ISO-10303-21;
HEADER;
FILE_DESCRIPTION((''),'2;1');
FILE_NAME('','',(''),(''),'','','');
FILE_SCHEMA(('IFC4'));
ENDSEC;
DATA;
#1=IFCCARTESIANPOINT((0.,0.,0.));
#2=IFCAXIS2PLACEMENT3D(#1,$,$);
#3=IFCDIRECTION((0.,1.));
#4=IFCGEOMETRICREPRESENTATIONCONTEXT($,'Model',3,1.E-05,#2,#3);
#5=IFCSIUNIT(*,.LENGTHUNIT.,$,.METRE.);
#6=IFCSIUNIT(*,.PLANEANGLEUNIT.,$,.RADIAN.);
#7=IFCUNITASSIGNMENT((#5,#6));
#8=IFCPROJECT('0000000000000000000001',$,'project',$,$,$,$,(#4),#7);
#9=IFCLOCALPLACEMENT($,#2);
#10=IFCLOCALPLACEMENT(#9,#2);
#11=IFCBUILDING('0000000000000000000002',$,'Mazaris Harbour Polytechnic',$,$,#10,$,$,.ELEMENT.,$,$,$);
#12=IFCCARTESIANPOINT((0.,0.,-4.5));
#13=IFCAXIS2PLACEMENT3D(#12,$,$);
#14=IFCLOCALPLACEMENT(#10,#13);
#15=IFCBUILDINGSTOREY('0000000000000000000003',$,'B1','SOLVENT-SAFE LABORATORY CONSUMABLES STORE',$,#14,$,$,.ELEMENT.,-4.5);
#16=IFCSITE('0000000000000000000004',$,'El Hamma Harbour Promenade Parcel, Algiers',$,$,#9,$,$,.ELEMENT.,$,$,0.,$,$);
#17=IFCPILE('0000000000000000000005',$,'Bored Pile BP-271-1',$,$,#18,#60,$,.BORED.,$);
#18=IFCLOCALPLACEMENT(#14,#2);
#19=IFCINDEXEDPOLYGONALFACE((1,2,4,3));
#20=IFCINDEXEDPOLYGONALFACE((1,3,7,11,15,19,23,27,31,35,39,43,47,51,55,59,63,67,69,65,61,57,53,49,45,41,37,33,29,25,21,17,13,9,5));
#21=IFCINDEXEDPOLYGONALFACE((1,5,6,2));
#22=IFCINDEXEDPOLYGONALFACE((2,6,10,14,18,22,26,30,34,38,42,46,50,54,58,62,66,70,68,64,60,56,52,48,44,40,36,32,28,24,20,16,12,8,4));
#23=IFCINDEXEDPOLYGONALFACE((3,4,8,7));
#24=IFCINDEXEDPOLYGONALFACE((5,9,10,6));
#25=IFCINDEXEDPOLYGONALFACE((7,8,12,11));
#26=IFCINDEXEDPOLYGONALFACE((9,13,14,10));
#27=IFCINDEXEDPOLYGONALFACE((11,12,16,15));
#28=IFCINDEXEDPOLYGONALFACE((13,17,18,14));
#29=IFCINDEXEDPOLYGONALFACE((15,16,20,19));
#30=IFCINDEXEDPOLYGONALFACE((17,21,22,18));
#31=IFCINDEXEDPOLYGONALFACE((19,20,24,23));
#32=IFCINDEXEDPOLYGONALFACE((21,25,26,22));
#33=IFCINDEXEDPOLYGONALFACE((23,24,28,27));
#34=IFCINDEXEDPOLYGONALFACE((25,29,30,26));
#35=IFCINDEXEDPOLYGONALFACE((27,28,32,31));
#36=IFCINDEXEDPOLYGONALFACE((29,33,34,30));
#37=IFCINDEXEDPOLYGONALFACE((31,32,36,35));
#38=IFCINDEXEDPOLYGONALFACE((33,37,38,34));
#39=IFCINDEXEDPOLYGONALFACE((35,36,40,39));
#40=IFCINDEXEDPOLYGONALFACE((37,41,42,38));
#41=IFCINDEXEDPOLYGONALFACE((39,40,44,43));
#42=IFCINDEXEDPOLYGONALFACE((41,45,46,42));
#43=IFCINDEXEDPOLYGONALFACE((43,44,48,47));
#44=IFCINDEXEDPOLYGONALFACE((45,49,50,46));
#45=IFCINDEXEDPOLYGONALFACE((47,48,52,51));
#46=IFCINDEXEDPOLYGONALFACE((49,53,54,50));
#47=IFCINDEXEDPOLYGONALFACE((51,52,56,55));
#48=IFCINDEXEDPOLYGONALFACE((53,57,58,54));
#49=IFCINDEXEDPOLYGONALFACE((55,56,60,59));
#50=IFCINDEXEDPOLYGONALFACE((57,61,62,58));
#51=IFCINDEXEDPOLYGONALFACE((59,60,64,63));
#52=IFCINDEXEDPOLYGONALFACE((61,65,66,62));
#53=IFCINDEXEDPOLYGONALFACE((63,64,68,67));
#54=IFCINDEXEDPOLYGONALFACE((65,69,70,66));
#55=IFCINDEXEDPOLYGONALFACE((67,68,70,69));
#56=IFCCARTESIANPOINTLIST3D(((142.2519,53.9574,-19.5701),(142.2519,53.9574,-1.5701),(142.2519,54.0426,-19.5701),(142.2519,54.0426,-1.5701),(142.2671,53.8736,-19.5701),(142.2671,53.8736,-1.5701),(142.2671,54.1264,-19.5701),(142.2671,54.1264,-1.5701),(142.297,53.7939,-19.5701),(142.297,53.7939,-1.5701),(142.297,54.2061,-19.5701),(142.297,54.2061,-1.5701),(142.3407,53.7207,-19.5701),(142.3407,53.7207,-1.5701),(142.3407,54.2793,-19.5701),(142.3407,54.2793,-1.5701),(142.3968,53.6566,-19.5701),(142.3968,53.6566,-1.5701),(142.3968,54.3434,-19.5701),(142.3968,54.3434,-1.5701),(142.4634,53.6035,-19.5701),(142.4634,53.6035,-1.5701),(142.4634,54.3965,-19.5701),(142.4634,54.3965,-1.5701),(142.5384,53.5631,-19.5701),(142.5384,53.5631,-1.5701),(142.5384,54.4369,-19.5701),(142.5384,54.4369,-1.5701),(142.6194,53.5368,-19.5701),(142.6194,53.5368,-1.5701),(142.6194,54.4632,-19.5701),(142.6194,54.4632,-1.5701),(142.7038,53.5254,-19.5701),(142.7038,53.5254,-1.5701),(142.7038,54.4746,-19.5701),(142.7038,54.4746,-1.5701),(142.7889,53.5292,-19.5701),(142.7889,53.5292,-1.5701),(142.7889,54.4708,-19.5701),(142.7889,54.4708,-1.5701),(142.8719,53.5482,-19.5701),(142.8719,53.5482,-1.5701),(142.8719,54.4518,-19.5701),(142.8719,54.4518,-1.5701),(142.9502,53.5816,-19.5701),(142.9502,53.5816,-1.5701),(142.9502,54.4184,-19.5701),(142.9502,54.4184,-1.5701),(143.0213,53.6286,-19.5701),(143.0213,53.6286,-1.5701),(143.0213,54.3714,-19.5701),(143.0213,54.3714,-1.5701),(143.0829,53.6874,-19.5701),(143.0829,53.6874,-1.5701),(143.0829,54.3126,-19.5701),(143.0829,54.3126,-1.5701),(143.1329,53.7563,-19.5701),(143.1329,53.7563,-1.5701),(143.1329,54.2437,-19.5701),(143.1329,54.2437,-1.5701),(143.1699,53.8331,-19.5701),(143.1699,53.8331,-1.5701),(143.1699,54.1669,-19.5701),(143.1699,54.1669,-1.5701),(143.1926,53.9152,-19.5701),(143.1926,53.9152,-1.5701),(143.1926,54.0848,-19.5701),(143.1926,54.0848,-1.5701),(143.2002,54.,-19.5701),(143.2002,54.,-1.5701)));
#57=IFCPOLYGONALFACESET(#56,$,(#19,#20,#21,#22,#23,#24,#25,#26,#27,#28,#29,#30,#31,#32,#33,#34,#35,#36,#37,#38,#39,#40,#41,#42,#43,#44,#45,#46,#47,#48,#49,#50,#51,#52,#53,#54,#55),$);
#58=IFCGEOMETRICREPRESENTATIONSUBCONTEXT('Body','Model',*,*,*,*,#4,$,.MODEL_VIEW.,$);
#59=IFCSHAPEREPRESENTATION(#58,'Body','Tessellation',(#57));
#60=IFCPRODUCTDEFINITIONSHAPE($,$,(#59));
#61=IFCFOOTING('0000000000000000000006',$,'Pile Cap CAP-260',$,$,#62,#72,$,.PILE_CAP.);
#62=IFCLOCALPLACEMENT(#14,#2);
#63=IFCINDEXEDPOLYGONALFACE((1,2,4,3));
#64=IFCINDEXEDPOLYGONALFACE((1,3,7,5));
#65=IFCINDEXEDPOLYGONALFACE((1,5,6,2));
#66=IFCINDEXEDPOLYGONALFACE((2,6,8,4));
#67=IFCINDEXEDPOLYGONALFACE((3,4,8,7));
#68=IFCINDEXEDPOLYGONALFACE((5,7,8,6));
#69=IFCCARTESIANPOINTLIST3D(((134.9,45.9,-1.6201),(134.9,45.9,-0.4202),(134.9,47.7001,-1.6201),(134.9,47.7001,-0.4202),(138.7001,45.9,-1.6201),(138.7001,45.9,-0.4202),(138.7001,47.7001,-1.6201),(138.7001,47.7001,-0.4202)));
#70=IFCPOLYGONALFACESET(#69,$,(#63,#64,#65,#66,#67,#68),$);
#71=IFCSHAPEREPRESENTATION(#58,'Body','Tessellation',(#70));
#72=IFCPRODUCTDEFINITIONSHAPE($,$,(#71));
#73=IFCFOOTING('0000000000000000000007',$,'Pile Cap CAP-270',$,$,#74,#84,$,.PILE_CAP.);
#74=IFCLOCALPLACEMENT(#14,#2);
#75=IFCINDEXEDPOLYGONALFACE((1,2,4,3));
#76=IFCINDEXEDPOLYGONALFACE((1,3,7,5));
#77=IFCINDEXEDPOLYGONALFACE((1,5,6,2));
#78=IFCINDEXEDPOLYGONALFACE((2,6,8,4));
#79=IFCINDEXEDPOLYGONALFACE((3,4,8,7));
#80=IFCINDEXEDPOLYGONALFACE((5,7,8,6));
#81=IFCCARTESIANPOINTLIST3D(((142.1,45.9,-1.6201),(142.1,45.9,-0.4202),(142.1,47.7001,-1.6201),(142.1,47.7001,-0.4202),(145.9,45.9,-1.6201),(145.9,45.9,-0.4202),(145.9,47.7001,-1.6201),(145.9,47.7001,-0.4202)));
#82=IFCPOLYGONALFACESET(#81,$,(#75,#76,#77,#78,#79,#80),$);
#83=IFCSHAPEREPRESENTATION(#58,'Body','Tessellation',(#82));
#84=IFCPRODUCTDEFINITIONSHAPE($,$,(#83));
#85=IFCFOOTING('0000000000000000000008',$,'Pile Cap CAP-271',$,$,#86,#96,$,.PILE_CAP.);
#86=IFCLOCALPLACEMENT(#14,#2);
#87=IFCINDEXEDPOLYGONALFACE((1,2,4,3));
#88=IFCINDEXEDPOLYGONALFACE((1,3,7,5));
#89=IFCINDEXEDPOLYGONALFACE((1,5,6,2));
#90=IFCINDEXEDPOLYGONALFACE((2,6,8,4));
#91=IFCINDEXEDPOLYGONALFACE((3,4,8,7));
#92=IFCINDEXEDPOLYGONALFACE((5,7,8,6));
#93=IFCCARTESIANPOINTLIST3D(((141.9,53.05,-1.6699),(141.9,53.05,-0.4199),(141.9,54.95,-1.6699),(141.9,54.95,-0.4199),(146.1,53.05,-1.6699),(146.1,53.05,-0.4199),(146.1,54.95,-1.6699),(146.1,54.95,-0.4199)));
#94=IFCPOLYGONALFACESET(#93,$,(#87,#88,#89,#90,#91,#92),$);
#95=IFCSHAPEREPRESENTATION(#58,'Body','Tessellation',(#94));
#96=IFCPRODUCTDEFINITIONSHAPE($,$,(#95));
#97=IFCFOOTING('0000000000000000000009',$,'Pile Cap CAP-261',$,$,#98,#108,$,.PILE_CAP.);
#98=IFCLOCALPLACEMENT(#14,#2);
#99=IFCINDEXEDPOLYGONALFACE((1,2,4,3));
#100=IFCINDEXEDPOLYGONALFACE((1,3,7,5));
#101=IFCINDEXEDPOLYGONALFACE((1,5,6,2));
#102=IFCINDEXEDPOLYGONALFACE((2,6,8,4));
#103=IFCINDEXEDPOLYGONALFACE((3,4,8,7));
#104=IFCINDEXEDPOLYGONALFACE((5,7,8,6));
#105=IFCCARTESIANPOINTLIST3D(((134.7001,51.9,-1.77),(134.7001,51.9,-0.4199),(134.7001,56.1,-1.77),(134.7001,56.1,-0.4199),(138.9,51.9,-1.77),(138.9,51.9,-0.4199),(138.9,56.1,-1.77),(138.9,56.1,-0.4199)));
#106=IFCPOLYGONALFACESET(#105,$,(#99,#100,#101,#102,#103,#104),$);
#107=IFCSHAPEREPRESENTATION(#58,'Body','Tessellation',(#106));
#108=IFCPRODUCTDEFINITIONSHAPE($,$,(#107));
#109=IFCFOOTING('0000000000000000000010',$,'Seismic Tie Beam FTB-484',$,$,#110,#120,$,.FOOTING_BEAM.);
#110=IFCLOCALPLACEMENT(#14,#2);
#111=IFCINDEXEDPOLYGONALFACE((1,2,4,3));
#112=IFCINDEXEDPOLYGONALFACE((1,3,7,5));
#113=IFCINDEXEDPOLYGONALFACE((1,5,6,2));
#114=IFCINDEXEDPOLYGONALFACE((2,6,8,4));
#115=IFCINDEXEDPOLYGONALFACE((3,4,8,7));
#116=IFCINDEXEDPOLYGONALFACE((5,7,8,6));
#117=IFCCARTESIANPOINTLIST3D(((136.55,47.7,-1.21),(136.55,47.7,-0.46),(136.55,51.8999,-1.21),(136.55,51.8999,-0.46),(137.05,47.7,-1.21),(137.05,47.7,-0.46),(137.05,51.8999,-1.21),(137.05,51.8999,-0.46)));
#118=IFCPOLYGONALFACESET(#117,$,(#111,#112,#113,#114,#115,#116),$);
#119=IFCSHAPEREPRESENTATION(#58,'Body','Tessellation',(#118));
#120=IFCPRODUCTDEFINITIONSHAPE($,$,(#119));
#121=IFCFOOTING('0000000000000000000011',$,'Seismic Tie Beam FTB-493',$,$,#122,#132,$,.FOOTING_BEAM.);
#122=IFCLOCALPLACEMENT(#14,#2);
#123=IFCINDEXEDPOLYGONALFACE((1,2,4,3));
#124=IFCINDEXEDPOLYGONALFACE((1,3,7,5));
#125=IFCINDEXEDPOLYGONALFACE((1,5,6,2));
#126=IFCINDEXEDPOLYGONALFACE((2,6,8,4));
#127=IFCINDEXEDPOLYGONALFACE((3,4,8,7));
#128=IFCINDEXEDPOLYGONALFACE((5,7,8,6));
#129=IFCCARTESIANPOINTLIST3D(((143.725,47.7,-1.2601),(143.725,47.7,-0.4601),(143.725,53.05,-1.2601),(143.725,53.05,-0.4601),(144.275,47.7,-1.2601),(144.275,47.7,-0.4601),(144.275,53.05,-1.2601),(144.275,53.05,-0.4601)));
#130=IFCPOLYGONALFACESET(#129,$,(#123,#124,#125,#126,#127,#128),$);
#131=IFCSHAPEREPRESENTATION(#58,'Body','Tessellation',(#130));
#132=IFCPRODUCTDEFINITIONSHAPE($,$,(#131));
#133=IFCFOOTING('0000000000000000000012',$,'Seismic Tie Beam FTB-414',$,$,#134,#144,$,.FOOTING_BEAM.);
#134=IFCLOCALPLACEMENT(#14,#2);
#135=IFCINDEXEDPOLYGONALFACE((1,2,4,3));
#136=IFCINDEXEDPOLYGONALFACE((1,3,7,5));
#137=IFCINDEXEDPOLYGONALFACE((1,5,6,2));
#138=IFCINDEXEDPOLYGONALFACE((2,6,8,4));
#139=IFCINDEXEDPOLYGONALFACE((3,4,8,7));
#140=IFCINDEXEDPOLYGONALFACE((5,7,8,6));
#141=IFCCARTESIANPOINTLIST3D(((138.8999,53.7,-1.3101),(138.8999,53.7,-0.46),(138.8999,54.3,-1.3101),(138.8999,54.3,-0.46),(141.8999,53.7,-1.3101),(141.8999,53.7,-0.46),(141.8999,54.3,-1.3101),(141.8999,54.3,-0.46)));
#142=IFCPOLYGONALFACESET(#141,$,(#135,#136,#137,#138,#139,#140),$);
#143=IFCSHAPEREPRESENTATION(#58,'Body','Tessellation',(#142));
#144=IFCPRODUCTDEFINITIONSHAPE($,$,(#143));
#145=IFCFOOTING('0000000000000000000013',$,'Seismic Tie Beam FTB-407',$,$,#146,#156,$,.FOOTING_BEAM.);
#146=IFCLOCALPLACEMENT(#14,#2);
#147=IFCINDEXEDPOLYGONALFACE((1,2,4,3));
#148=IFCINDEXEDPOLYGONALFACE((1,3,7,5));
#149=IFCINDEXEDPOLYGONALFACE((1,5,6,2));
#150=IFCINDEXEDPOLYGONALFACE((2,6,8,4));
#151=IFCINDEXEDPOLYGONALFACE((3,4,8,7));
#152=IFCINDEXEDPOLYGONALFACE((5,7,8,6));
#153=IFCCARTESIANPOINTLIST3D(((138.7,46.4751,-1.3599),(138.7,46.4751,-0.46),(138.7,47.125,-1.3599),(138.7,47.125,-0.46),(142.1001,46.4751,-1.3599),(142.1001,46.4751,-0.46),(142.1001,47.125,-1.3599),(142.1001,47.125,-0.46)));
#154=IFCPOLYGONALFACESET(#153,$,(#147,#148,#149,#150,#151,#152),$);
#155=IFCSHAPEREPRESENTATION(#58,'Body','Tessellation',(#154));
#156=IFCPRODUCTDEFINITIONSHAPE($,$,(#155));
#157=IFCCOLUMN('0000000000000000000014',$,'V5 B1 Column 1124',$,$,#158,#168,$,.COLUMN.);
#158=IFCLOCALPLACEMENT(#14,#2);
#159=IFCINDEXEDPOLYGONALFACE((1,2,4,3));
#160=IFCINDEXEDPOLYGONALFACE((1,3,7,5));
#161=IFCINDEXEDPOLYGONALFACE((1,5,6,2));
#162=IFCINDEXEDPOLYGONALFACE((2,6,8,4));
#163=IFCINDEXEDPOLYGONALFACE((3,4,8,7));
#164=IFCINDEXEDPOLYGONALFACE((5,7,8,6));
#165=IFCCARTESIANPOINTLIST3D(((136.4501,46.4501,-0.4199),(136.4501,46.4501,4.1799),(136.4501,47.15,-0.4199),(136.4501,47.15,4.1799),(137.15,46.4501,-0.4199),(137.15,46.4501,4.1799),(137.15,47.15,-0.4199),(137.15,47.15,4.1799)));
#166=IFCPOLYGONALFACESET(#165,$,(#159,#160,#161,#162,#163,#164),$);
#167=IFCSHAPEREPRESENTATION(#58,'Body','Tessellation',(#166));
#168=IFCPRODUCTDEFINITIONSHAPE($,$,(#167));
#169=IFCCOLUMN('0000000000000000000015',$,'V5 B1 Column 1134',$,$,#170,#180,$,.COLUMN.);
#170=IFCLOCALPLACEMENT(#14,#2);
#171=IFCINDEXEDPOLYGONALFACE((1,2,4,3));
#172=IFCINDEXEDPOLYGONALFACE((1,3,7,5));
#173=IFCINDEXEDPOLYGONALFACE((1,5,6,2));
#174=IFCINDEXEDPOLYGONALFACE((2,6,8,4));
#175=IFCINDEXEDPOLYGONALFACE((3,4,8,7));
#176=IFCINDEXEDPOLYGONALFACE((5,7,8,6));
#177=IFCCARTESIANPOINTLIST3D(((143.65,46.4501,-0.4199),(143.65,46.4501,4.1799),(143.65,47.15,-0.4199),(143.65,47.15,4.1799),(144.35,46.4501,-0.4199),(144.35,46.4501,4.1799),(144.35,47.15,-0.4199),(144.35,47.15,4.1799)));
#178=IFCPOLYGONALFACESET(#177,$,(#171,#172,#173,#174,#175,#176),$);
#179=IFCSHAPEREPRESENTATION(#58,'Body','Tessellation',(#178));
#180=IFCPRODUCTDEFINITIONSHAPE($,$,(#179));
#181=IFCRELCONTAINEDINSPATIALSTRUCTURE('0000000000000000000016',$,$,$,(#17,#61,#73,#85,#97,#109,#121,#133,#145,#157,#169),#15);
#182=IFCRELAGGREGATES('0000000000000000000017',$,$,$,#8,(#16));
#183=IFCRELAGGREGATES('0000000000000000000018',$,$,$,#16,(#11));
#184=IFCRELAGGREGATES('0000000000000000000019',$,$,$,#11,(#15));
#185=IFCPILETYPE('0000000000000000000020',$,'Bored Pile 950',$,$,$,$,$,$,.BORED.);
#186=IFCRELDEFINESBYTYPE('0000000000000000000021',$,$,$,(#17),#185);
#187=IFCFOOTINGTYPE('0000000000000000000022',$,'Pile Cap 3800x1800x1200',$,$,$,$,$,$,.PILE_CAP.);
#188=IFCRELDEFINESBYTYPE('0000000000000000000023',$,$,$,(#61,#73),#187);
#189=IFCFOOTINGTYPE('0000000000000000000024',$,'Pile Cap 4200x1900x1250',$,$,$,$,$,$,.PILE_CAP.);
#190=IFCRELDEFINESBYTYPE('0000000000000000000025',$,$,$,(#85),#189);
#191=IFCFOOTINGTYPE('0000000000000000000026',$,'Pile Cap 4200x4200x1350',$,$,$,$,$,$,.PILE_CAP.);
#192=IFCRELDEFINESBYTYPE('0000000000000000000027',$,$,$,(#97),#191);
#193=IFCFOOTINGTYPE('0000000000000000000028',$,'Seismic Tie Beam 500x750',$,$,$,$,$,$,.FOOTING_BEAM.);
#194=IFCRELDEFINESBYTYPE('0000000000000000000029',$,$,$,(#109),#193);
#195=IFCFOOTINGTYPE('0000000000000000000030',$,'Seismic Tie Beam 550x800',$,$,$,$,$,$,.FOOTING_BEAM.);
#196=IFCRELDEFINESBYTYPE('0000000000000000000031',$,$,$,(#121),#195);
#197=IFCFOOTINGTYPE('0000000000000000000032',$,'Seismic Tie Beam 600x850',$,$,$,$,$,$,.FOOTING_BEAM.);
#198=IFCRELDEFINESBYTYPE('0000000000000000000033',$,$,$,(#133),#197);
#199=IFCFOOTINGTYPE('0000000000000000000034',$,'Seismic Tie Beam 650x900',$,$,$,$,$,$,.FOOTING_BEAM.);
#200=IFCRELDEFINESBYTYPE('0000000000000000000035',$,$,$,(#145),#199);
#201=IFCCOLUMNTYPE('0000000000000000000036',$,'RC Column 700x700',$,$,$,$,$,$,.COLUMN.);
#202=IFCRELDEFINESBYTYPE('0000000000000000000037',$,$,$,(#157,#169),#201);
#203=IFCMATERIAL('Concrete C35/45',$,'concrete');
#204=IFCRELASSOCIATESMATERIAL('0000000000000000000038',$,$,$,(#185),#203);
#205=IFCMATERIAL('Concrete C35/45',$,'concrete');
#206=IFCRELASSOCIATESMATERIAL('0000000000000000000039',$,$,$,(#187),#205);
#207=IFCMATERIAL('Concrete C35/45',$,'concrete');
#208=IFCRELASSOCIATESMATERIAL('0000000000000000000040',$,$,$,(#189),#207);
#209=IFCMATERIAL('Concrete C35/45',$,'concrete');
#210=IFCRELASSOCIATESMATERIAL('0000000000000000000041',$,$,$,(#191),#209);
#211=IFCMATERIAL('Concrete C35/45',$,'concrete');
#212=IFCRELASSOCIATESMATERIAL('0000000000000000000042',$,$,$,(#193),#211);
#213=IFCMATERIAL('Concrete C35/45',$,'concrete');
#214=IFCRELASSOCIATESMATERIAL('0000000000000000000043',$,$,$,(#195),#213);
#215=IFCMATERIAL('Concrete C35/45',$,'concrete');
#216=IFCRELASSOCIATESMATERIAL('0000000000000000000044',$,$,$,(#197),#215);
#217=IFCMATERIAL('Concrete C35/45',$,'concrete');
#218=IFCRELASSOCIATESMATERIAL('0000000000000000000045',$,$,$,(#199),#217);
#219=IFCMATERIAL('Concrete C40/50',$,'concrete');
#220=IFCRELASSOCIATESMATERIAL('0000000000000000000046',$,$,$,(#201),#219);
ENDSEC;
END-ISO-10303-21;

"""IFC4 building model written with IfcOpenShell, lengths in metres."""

from ifc_helpers import new_model, si_unit, direction, frame, origin, origin_2d, place, context, subcontext, project, spatial, rectangle, circle, extrude, material, material_profile, profile_set, type_object, element, save


model = new_model("IFC4")

# Units and contexts
model_context = context("Model", 3, precision=1e-05, world=origin(), true_north=direction((0.0, 1.0)))
body_context = subcontext(model_context, "Body", "Model", "MODEL_VIEW")
ifc_project = project(units=[si_unit("LENGTHUNIT", "METRE"), si_unit("PLANEANGLEUNIT", "RADIAN")], contexts=[model_context])

# Site, building, storey
site_placement = place(None, origin())
site = spatial("IfcSite", under=ifc_project, at=site_placement, Name="El Hamma Harbour Promenade Parcel, Algiers", CompositionType="ELEMENT", RefElevation=0.0)
building_placement = place(site_placement, origin())
building = spatial("IfcBuilding", under=site, at=building_placement, Name="Mazaris Harbour Polytechnic", CompositionType="ELEMENT")
storey_placement = place(building_placement, frame((0.0, 0.0, -4.5)))
storey = spatial("IfcBuildingStorey", under=building, at=storey_placement, Name="B1", Description="SOLVENT-SAFE LABORATORY CONSUMABLES STORE", CompositionType="ELEMENT", Elevation=-4.5)

# Pile
ifc_material_1 = material(Name="Concrete C35/45", Category="concrete")
ifc_material_profile_1 = material_profile(ifc_material_1, circle(Radius=0.4751, at=origin_2d()), Name="DIA950")
ifc_profile_set_1 = profile_set([ifc_material_profile_1], Name="Concrete C35/45")
pile_type_1 = type_object("IfcPileType", Name="Bored Pile 950", PredefinedType="BORED", material=ifc_profile_set_1)
for number, where, z_axis, x_axis, name in (
    (1, (142.7251, 54.0, -1.5701), (0.0, 0.0, -1.0), (1.0, 0.0, 0.0), "Bored Pile BP-271-1"),
):
    element("IfcPile", number, at=place(storey_placement, frame(where, z_axis=z_axis, x_axis=x_axis)), inside=storey, type_object=pile_type_1, Name=name, PredefinedType="BORED", context=body_context, shape_type="SweptSolid", body=[
        extrude(circle(Radius=0.4751, at=origin_2d()), origin(), (0.0, 0.0, 1.0), 18.0),
    ])

# Footings
ifc_material_2 = material(Name="Concrete C35/45", Category="concrete")
footing_type_1 = type_object("IfcFootingType", Name="Pile Cap 3800x1800x1200", PredefinedType="PILE_CAP", material=ifc_material_2)
for number, where, z_axis, x_axis, name in (
    (2, (136.8, 46.8, -1.6201), (0.0, 0.0, 1.0), (1.0, 0.0, 0.0), "Pile Cap CAP-260"),
    (3, (144.0, 46.8, -1.6201), (0.0, 0.0, 1.0), (1.0, 0.0, 0.0), "Pile Cap CAP-270"),
):
    element("IfcFooting", number, at=place(storey_placement, frame(where, z_axis=z_axis, x_axis=x_axis)), inside=storey, type_object=footing_type_1, Name=name, PredefinedType="PILE_CAP", context=body_context, shape_type="SweptSolid", body=[
        extrude(rectangle(XDim=3.8, YDim=1.8, at=origin_2d()), origin(), (0.0, 0.0, 1.0), 1.2),
    ])
ifc_material_3 = material(Name="Concrete C35/45", Category="concrete")
footing_type_2 = type_object("IfcFootingType", Name="Pile Cap 4200x1900x1250", PredefinedType="PILE_CAP", material=ifc_material_3)
footing_1_placement = place(storey_placement, frame((144.0, 54.0, -1.6699), z_axis=(0.0, 0.0, 1.0), x_axis=(1.0, 0.0, 0.0)))
element("IfcFooting", 4, at=footing_1_placement, inside=storey, type_object=footing_type_2, Name="Pile Cap CAP-271", PredefinedType="PILE_CAP", context=body_context, shape_type="SweptSolid", body=[
    extrude(rectangle(XDim=4.2, YDim=1.8999, at=origin_2d()), origin(), (0.0, 0.0, 1.0), 1.25),
])
ifc_material_4 = material(Name="Concrete C35/45", Category="concrete")
footing_type_3 = type_object("IfcFootingType", Name="Pile Cap 4200x4200x1350", PredefinedType="PILE_CAP", material=ifc_material_4)
footing_2_placement = place(storey_placement, frame((136.8, 54.0, -1.77), z_axis=(0.0, 0.0, 1.0), x_axis=(1.0, 0.0, 0.0)))
element("IfcFooting", 5, at=footing_2_placement, inside=storey, type_object=footing_type_3, Name="Pile Cap CAP-261", PredefinedType="PILE_CAP", context=body_context, shape_type="SweptSolid", body=[
    extrude(rectangle(XDim=4.2, YDim=4.2, at=origin_2d()), origin(), (0.0, 0.0, 1.0), 1.3501),
])
ifc_material_5 = material(Name="Concrete C35/45", Category="concrete")
ifc_material_profile_2 = material_profile(ifc_material_5, rectangle(XDim=0.5, YDim=0.75, at=origin_2d()), Name="RECT500x750")
ifc_profile_set_2 = profile_set([ifc_material_profile_2], Name="Concrete C35/45")
footing_type_4 = type_object("IfcFootingType", Name="Seismic Tie Beam 500x750", PredefinedType="FOOTING_BEAM", material=ifc_profile_set_2)
footing_3_placement = place(storey_placement, frame((136.8, 47.7, -0.835), z_axis=(0.0, 1.0, 0.0), x_axis=(-1.0, 0.0, 0.0)))
element("IfcFooting", 6, at=footing_3_placement, inside=storey, type_object=footing_type_4, Name="Seismic Tie Beam FTB-484", PredefinedType="FOOTING_BEAM", context=body_context, shape_type="SweptSolid", body=[
    extrude(rectangle(XDim=0.5, YDim=0.75, at=origin_2d()), origin(), (0.0, 0.0, 1.0), 4.2),
])
ifc_material_6 = material(Name="Concrete C35/45", Category="concrete")
ifc_material_profile_3 = material_profile(ifc_material_6, rectangle(XDim=0.55, YDim=0.8, at=origin_2d()), Name="RECT550x800")
ifc_profile_set_3 = profile_set([ifc_material_profile_3], Name="Concrete C35/45")
footing_type_5 = type_object("IfcFootingType", Name="Seismic Tie Beam 550x800", PredefinedType="FOOTING_BEAM", material=ifc_profile_set_3)
footing_4_placement = place(storey_placement, frame((144.0, 47.7, -0.8601), z_axis=(0.0, 1.0, 0.0), x_axis=(-1.0, 0.0, 0.0)))
element("IfcFooting", 7, at=footing_4_placement, inside=storey, type_object=footing_type_5, Name="Seismic Tie Beam FTB-493", PredefinedType="FOOTING_BEAM", context=body_context, shape_type="SweptSolid", body=[
    extrude(rectangle(XDim=0.55, YDim=0.8, at=origin_2d()), origin(), (0.0, 0.0, 1.0), 5.3501),
])
ifc_material_7 = material(Name="Concrete C35/45", Category="concrete")
ifc_material_profile_4 = material_profile(ifc_material_7, rectangle(XDim=0.6001, YDim=0.8501, at=origin_2d()), Name="RECT600x850")
ifc_profile_set_4 = profile_set([ifc_material_profile_4], Name="Concrete C35/45")
footing_type_6 = type_object("IfcFootingType", Name="Seismic Tie Beam 600x850", PredefinedType="FOOTING_BEAM", material=ifc_profile_set_4)
footing_5_placement = place(storey_placement, frame((138.8999, 54.0, -0.885), z_axis=(1.0, 0.0, 0.0), x_axis=(0.0, 1.0, 0.0)))
element("IfcFooting", 8, at=footing_5_placement, inside=storey, type_object=footing_type_6, Name="Seismic Tie Beam FTB-414", PredefinedType="FOOTING_BEAM", context=body_context, shape_type="SweptSolid", body=[
    extrude(rectangle(XDim=0.6001, YDim=0.8501, at=origin_2d()), origin(), (0.0, 0.0, 1.0), 3.0),
])
ifc_material_8 = material(Name="Concrete C35/45", Category="concrete")
ifc_material_profile_5 = material_profile(ifc_material_8, rectangle(XDim=0.6499, YDim=0.8999, at=origin_2d()), Name="RECT650x900")
ifc_profile_set_5 = profile_set([ifc_material_profile_5], Name="Concrete C35/45")
footing_type_7 = type_object("IfcFootingType", Name="Seismic Tie Beam 650x900", PredefinedType="FOOTING_BEAM", material=ifc_profile_set_5)
footing_6_placement = place(storey_placement, frame((138.7, 46.8, -0.9099), z_axis=(1.0, 0.0, 0.0), x_axis=(0.0, 1.0, 0.0)))
element("IfcFooting", 9, at=footing_6_placement, inside=storey, type_object=footing_type_7, Name="Seismic Tie Beam FTB-407", PredefinedType="FOOTING_BEAM", context=body_context, shape_type="SweptSolid", body=[
    extrude(rectangle(XDim=0.6499, YDim=0.8999, at=origin_2d()), origin(), (0.0, 0.0, 1.0), 3.4001),
])

# Columns
ifc_material_9 = material(Name="Concrete C40/50", Category="concrete")
ifc_material_profile_6 = material_profile(ifc_material_9, rectangle(XDim=0.7, YDim=0.7, at=origin_2d()), Name="RECT700x700")
ifc_profile_set_6 = profile_set([ifc_material_profile_6], Name="Concrete C40/50")
column_type_1 = type_object("IfcColumnType", Name="RC Column 700x700", PredefinedType="COLUMN", material=ifc_profile_set_6)
for number, where, z_axis, x_axis, name in (
    (10, (136.8, 46.8, -0.4199), (0.0, 0.0, 1.0), (1.0, 0.0, 0.0), "V5 B1 Column 1124"),
    (11, (144.0, 46.8, -0.4199), (0.0, 0.0, 1.0), (1.0, 0.0, 0.0), "V5 B1 Column 1134"),
):
    element("IfcColumn", number, at=place(storey_placement, frame(where, z_axis=z_axis, x_axis=x_axis)), inside=storey, type_object=column_type_1, Name=name, PredefinedType="COLUMN", context=body_context, shape_type="SweptSolid", body=[
        extrude(rectangle(XDim=0.7, YDim=0.7, at=origin_2d()), origin(), (0.0, 0.0, 1.0), 4.5999),
    ])

save(model, "model.ifc")
